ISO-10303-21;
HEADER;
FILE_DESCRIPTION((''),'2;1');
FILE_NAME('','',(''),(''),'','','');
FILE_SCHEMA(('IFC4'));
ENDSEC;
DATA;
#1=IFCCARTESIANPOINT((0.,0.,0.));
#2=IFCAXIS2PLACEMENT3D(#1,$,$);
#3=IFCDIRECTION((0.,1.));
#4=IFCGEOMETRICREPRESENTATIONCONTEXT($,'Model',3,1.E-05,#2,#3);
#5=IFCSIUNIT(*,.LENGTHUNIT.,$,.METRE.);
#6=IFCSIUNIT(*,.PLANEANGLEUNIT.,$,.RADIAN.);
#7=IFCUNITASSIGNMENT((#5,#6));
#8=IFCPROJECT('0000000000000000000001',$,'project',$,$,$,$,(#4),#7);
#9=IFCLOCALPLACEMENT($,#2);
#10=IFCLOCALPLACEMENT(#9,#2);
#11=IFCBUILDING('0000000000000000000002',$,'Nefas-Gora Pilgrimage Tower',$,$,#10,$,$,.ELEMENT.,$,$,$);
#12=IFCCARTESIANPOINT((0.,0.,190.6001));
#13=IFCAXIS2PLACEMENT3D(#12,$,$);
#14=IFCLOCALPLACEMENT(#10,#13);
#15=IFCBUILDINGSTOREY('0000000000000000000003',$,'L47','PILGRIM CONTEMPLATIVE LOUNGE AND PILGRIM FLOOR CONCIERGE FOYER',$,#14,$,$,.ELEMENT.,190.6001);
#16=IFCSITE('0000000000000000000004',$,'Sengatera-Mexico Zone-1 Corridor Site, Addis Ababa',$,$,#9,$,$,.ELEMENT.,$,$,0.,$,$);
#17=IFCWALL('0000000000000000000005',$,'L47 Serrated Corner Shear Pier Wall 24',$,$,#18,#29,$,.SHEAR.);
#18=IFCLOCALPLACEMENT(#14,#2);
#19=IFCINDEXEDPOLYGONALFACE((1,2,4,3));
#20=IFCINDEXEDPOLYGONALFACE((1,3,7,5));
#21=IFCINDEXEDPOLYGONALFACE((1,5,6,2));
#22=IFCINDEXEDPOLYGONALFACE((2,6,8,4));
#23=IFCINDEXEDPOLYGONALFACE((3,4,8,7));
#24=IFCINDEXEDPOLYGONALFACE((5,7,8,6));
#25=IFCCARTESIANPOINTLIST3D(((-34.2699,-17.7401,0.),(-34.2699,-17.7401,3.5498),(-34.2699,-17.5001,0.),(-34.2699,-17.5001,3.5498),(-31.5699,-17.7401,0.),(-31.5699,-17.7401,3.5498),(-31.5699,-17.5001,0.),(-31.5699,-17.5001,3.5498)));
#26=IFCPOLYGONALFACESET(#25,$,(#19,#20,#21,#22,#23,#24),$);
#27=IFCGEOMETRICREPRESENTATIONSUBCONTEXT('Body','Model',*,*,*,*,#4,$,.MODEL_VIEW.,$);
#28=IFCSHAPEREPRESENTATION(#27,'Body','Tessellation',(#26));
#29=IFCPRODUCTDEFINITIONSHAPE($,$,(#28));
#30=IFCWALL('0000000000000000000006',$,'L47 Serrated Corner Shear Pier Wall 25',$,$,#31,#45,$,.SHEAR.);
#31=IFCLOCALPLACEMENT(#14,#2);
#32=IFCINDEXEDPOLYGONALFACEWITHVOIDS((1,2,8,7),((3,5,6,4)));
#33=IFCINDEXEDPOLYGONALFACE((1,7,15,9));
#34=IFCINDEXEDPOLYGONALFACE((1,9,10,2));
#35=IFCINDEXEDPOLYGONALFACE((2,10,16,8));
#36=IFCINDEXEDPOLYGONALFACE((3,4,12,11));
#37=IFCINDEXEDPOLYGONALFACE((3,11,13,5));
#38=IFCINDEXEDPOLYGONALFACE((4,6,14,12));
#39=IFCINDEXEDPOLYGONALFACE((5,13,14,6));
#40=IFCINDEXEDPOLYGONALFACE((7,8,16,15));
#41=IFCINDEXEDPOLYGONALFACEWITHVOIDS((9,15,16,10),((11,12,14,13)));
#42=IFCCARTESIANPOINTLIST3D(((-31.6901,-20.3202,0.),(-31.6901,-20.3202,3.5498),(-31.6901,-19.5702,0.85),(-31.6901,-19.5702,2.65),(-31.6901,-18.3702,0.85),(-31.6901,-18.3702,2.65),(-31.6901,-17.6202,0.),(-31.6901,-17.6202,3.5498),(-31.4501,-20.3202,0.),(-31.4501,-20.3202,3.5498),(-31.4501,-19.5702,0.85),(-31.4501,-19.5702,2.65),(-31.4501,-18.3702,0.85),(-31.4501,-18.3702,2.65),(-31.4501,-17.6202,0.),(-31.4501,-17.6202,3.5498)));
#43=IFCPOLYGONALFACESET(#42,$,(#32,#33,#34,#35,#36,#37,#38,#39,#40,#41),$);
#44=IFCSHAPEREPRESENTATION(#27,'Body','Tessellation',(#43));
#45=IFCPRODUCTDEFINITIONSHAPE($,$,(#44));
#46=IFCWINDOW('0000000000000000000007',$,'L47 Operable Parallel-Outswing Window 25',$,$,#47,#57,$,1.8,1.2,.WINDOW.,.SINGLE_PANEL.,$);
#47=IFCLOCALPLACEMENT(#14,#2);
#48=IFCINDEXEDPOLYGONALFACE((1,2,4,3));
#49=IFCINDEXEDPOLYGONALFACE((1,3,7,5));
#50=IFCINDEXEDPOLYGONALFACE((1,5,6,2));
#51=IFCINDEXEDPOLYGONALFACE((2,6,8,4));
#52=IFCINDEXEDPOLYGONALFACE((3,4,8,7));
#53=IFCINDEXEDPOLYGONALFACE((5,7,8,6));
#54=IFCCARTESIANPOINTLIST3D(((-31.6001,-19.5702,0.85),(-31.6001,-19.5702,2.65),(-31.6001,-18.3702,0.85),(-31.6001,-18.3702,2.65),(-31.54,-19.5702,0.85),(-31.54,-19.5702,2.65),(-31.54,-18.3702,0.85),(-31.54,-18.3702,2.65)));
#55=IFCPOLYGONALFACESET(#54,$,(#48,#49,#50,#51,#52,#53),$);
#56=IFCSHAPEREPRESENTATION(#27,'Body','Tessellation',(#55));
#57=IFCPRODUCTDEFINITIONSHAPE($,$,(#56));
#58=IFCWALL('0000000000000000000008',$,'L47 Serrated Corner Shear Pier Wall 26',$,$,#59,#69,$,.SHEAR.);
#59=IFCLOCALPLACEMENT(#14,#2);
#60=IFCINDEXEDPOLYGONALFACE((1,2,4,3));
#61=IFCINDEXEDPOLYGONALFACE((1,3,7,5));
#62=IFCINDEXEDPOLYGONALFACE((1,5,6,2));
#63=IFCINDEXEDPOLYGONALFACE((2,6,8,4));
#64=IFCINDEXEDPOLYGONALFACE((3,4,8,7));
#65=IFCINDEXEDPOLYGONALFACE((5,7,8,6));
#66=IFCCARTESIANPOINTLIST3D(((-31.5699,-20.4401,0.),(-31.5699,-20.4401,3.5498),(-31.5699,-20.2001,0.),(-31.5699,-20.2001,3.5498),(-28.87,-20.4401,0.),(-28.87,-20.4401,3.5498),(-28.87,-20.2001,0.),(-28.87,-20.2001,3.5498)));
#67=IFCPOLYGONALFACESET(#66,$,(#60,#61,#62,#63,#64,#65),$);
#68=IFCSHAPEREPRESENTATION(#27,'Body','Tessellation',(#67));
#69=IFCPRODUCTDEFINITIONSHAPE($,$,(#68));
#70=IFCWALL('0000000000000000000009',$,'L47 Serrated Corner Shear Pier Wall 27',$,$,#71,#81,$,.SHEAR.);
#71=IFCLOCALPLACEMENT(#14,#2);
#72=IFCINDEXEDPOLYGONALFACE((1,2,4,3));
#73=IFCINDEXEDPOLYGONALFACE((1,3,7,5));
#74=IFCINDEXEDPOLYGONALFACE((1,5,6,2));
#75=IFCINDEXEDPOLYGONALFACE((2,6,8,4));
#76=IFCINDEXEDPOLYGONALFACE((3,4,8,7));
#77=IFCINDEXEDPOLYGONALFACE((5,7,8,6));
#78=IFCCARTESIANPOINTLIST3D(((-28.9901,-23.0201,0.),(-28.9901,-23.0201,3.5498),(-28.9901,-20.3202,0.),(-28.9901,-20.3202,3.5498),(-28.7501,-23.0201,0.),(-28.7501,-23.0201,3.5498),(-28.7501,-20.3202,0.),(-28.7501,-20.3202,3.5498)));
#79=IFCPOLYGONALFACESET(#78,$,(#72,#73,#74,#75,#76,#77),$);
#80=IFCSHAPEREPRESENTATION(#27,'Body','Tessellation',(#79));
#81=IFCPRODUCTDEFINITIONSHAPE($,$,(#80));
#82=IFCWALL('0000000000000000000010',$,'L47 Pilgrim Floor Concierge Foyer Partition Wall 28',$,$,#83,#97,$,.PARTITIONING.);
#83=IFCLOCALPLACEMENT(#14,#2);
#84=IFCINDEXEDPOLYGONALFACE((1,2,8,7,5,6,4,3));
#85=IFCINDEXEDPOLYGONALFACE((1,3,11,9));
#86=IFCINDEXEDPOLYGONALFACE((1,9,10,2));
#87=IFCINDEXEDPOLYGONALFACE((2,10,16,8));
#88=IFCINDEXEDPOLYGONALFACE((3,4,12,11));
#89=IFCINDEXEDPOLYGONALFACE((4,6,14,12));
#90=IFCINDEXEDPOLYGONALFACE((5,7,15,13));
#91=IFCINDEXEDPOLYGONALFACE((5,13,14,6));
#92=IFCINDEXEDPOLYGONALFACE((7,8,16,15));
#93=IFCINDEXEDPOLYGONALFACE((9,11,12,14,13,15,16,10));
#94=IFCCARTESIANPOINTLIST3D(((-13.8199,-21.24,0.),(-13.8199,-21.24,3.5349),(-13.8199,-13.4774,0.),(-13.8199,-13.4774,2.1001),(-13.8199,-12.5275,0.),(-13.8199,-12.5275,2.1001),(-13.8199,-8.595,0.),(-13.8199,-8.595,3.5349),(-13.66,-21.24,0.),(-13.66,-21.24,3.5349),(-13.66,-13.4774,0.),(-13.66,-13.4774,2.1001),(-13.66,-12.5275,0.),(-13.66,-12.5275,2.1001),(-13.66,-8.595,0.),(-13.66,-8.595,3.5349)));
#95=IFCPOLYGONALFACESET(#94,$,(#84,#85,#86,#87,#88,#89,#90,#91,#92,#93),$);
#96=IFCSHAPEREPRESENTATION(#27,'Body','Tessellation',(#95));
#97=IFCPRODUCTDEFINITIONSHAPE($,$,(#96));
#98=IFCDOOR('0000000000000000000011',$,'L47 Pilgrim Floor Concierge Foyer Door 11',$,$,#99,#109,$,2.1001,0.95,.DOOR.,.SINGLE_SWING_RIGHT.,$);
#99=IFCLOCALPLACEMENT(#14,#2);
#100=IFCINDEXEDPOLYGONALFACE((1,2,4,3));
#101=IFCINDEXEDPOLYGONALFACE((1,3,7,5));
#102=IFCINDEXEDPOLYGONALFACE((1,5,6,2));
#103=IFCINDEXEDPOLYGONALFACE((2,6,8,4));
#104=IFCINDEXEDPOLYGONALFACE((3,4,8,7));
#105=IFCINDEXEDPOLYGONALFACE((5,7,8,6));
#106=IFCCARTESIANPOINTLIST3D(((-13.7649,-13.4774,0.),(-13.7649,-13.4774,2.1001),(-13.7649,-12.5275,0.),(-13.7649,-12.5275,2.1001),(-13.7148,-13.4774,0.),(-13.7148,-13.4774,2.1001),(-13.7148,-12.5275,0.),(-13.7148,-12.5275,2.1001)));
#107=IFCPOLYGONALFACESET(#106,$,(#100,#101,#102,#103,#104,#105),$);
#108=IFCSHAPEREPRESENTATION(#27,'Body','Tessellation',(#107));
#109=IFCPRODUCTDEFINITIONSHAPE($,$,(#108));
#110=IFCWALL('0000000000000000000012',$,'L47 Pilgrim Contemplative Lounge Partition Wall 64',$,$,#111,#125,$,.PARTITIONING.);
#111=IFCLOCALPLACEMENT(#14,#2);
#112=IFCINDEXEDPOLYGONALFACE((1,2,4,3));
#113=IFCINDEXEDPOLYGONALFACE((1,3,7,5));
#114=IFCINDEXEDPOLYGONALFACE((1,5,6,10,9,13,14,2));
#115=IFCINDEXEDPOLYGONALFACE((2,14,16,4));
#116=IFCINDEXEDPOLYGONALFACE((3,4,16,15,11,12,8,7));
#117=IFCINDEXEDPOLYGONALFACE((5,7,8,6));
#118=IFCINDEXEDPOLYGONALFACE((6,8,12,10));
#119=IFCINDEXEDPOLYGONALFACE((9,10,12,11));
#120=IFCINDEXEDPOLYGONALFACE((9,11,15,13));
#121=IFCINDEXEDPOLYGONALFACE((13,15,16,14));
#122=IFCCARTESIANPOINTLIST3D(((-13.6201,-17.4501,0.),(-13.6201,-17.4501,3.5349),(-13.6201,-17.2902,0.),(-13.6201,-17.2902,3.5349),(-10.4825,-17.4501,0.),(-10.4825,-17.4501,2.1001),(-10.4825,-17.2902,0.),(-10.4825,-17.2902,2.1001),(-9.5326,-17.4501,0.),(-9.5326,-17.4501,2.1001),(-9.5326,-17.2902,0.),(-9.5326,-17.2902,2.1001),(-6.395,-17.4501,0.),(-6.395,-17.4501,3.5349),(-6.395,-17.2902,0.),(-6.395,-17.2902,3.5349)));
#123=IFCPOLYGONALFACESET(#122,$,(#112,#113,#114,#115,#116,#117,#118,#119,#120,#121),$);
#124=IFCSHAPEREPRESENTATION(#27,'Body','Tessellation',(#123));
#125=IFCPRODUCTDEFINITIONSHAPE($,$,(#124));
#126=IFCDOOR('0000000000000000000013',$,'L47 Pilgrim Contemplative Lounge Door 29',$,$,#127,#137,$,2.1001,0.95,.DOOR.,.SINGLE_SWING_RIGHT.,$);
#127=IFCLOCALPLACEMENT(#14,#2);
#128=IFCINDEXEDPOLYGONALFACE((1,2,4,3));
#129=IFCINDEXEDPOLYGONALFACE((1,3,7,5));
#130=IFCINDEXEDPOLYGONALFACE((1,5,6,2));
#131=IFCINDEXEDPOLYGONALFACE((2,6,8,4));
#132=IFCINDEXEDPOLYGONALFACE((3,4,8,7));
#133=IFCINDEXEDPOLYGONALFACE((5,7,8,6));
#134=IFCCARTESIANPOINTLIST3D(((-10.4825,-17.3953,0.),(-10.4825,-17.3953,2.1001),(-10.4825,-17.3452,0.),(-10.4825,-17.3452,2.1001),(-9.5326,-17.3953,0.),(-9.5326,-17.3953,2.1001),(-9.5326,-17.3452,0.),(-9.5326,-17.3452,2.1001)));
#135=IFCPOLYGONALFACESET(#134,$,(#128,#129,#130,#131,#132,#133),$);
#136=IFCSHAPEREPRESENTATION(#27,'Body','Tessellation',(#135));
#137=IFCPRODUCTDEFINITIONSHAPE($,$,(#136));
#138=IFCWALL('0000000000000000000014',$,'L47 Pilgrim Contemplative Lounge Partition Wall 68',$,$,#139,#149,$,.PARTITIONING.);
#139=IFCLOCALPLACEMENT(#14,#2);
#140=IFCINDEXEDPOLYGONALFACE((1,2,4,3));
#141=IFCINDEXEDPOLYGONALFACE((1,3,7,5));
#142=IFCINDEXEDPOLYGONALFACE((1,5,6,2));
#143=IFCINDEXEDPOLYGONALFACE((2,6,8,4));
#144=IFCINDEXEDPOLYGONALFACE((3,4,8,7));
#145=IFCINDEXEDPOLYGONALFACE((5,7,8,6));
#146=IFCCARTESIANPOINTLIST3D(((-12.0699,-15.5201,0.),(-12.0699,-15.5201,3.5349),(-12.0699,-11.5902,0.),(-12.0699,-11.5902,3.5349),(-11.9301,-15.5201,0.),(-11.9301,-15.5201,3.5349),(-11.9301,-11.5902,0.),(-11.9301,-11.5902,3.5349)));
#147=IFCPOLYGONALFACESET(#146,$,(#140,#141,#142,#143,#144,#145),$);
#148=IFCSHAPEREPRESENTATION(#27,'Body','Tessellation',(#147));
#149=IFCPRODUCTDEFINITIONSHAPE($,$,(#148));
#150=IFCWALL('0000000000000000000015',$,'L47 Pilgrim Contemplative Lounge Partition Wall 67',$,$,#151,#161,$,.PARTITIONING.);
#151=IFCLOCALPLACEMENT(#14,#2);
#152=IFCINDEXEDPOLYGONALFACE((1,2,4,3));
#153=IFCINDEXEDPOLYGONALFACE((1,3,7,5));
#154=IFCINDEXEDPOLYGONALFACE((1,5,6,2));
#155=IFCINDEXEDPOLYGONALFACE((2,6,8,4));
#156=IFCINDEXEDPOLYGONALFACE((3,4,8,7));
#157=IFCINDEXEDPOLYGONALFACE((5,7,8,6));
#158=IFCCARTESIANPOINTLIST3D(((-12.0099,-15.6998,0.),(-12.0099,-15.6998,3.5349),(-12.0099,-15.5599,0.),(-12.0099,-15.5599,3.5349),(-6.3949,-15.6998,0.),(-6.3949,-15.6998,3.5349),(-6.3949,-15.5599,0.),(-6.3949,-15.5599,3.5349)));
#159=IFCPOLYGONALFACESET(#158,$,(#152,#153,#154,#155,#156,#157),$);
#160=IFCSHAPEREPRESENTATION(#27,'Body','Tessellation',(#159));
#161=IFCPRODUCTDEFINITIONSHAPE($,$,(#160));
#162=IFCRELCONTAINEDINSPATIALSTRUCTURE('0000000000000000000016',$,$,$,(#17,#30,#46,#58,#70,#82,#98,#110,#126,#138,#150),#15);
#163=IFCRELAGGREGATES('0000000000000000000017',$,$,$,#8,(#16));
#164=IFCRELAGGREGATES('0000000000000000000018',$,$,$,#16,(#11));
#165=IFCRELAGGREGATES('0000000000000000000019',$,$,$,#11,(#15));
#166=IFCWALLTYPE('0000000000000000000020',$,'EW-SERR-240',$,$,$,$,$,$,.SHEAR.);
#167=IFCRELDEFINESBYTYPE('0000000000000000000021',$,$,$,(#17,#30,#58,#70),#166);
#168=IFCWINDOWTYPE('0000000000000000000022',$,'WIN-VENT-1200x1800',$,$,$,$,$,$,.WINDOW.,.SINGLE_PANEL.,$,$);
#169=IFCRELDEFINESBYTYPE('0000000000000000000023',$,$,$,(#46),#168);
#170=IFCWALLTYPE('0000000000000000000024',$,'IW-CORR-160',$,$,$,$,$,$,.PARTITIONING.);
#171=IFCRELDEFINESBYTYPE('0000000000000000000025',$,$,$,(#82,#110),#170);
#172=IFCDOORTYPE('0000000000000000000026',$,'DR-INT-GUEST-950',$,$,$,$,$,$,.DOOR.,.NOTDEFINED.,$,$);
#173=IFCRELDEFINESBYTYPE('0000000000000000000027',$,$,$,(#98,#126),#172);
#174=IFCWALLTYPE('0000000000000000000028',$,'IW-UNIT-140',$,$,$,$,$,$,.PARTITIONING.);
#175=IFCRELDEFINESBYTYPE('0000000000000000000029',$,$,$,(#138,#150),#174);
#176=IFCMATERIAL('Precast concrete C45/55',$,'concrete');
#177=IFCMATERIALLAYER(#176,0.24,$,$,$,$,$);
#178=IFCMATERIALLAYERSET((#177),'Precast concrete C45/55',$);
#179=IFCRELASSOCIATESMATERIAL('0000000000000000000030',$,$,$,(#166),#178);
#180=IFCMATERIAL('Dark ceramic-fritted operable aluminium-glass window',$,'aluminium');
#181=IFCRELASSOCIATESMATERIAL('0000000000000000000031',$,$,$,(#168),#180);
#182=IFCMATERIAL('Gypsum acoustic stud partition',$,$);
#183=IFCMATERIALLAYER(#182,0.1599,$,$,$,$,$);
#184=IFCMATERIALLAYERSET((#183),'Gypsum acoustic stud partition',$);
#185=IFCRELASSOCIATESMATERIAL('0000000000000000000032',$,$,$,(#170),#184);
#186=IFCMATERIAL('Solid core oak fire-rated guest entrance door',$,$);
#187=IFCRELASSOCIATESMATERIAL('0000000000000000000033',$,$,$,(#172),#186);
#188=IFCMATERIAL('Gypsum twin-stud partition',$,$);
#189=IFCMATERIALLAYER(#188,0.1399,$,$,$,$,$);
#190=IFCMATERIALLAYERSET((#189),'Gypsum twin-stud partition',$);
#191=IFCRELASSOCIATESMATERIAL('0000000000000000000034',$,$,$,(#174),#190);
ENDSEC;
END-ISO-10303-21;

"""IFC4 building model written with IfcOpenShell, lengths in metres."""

from ifc_helpers import new_model, si_unit, direction, frame, frame_2d, origin, place, context, subcontext, project, spatial, rectangle, extrude, source, transform, mapped, material, layer, layer_set, type_object, element, fill, save


model = new_model("IFC4")

# Units and contexts
model_context = context("Model", 3, precision=1e-05, world=origin(), true_north=direction((0.0, 1.0)))
body_context = subcontext(model_context, "Body", "Model", "MODEL_VIEW")
ifc_project = project(units=[si_unit("LENGTHUNIT", "METRE"), si_unit("PLANEANGLEUNIT", "RADIAN")], contexts=[model_context])

# Site, building, storey
site_placement = place(None, origin())
site = spatial("IfcSite", under=ifc_project, at=site_placement, Name="Sengatera-Mexico Zone-1 Corridor Site, Addis Ababa", CompositionType="ELEMENT", RefElevation=0.0)
building_placement = place(site_placement, origin())
building = spatial("IfcBuilding", under=site, at=building_placement, Name="Nefas-Gora Pilgrimage Tower", CompositionType="ELEMENT")
storey_placement = place(building_placement, frame((0.0, 0.0, 190.6001)))
storey = spatial("IfcBuildingStorey", under=building, at=storey_placement, Name="L47", Description="PILGRIM CONTEMPLATIVE LOUNGE AND PILGRIM FLOOR CONCIERGE FOYER", CompositionType="ELEMENT", Elevation=190.6001)

# Wall
ifc_material_1 = material(Name="Precast concrete C45/55", Category="concrete")
ifc_layer_1 = layer(ifc_material_1, 0.24)
ifc_layer_set_1 = layer_set([ifc_layer_1], Name="Precast concrete C45/55")
wall_type_1 = type_object("IfcWallType", Name="EW-SERR-240", PredefinedType="SHEAR", material=ifc_layer_set_1)
shared_shape_1 = source(origin(), body_context, "Body", "SweptSolid", [
    extrude(rectangle(XDim=2.7, YDim=0.24, at=frame_2d((1.3501, 0.0))), origin(), (0.0, 0.0, 1.0), 3.5498),
])
wall_1_placement = place(storey_placement, frame((-34.27, -17.6201, 0.0), z_axis=(0.0, 0.0, 1.0), x_axis=(1.0, 0.0, 0.0)))
element("IfcWall", 1, at=wall_1_placement, inside=storey, type_object=wall_type_1, Name="L47 Serrated Corner Shear Pier Wall 24", PredefinedType="SHEAR", context=body_context, shape_type="MappedRepresentation", body=[
    mapped(shared_shape_1, transform((0.0, 0.0, 0.0), x_axis=(1.0, 0.0, 0.0), y_axis=(0.0, 1.0, 0.0), z_axis=(0.0, 0.0, 1.0), scale=1.0)),
])

# Wall, opening, window
wall_2_placement = place(storey_placement, frame((-31.5701, -17.6201, 0.0), z_axis=(0.0, 0.0, 1.0), x_axis=(0.0, -1.0, 0.0)))
wall_2 = element("IfcWall", 2, at=wall_2_placement, inside=storey, type_object=wall_type_1, Name="L47 Serrated Corner Shear Pier Wall 25", PredefinedType="SHEAR", context=body_context, shape_type="MappedRepresentation", body=[
    mapped(shared_shape_1, transform((0.0, 0.0, 0.0), x_axis=(1.0, 0.0, 0.0), y_axis=(0.0, 1.0, 0.0), z_axis=(0.0, 0.0, 1.0), scale=1.0)),
])
opening_1_placement = place(wall_2_placement, frame((0.75, 0.0, 0.8501)))
opening_1 = element("IfcOpeningElement", 3, at=opening_1_placement, cuts=wall_2, PredefinedType="OPENING", context=body_context, shape_type="SweptSolid", body=[
    extrude(rectangle(XDim=1.2, YDim=1.8, at=frame_2d((0.6001, 0.8999))), frame((0.0, 0.1299, 0.0), z_axis=(0.0, -1.0, 0.0), x_axis=(1.0, 0.0, 0.0)), (0.0, 0.0, 1.0), 0.26),
])
ifc_material_2 = material(Name="Dark ceramic-fritted operable aluminium-glass window", Category="aluminium")
window_type = type_object("IfcWindowType", Name="WIN-VENT-1200x1800", PartitioningType="SINGLE_PANEL", PredefinedType="WINDOW", material=ifc_material_2)
shared_shape_2 = source(origin(), body_context, "Body", "SweptSolid", [
    extrude(rectangle(XDim=1.2, YDim=1.8, at=frame_2d((0.6001, 0.8999))), frame((0.0, 0.03, 0.0), z_axis=(0.0, -1.0, 0.0), x_axis=(1.0, 0.0, 0.0)), (0.0, 0.0, 1.0), 0.0601),
])
window_placement = place(opening_1_placement, origin())
window = element("IfcWindow", 4, at=window_placement, inside=storey, type_object=window_type, Name="L47 Operable Parallel-Outswing Window 25", OverallHeight=1.8, OverallWidth=1.2, PartitioningType="SINGLE_PANEL", PredefinedType="WINDOW", context=body_context, shape_type="MappedRepresentation", body=[
    mapped(shared_shape_2, transform((0.0, 0.0, 0.0), x_axis=(1.0, 0.0, 0.0), y_axis=(0.0, 1.0, 0.0), z_axis=(0.0, 0.0, 1.0), scale=1.0)),
])
fill(opening_1, window)

# Walls
for number, where, z_axis, x_axis, name in (
    (5, (-31.5701, -20.3201, 0.0), (0.0, 0.0, 1.0), (1.0, 0.0, 0.0), "L47 Serrated Corner Shear Pier Wall 26"),
    (6, (-28.8701, -20.3201, 0.0), (0.0, 0.0, 1.0), (0.0, -1.0, 0.0), "L47 Serrated Corner Shear Pier Wall 27"),
):
    element("IfcWall", number, at=place(storey_placement, frame(where, z_axis=z_axis, x_axis=x_axis)), inside=storey, type_object=wall_type_1, Name=name, PredefinedType="SHEAR", context=body_context, shape_type="MappedRepresentation", body=[
        mapped(shared_shape_1, transform((0.0, 0.0, 0.0), x_axis=(1.0, 0.0, 0.0), y_axis=(0.0, 1.0, 0.0), z_axis=(0.0, 0.0, 1.0), scale=1.0)),
    ])

# Walls, openings, doors
ifc_material_3 = material(Name="Gypsum acoustic stud partition")
ifc_layer_2 = layer(ifc_material_3, 0.1599)
ifc_layer_set_2 = layer_set([ifc_layer_2], Name="Gypsum acoustic stud partition")
wall_type_2 = type_object("IfcWallType", Name="IW-CORR-160", PredefinedType="PARTITIONING", material=ifc_layer_set_2)
shared_shape_3 = source(origin(), body_context, "Body", "SweptSolid", [
    extrude(rectangle(XDim=12.645, YDim=0.1599, at=frame_2d((6.3225, 0.0))), origin(), (0.0, 0.0, 1.0), 3.5349),
])
wall_3_placement = place(storey_placement, frame((-13.74, -21.24, 0.0), z_axis=(0.0, 0.0, 1.0), x_axis=(0.0, 1.0, 0.0)))
wall_3 = element("IfcWall", 7, at=wall_3_placement, inside=storey, type_object=wall_type_2, Name="L47 Pilgrim Floor Concierge Foyer Partition Wall 28", PredefinedType="PARTITIONING", context=body_context, shape_type="MappedRepresentation", body=[
    mapped(shared_shape_3, transform((0.0, 0.0, 0.0), x_axis=(1.0, 0.0, 0.0), y_axis=(0.0, 1.0, 0.0), z_axis=(0.0, 0.0, 1.0), scale=1.0)),
])
opening_2_placement = place(wall_3_placement, frame((7.7625, 0.0, 0.0)))
opening_2 = element("IfcOpeningElement", 8, at=opening_2_placement, cuts=wall_3, PredefinedType="OPENING", context=body_context, shape_type="SweptSolid", body=[
    extrude(rectangle(XDim=0.95, YDim=2.1001, at=frame_2d((0.4751, 1.05))), frame((0.0, 0.0898, 0.0), z_axis=(0.0, -1.0, 0.0), x_axis=(1.0, 0.0, 0.0)), (0.0, 0.0, 1.0), 0.1799),
])
ifc_material_4 = material(Name="Solid core oak fire-rated guest entrance door")
door_type = type_object("IfcDoorType", Name="DR-INT-GUEST-950", OperationType="NOTDEFINED", PredefinedType="DOOR", material=ifc_material_4)
shared_shape_4 = source(origin(), body_context, "Body", "SweptSolid", [
    extrude(rectangle(XDim=0.95, YDim=2.1001, at=frame_2d((0.4751, 1.05))), frame((0.0, 0.0249, 0.0), z_axis=(0.0, -1.0, 0.0), x_axis=(1.0, 0.0, 0.0)), (0.0, 0.0, 1.0), 0.05),
])
door_1_placement = place(opening_2_placement, origin())
door_1 = element("IfcDoor", 9, at=door_1_placement, inside=storey, type_object=door_type, Name="L47 Pilgrim Floor Concierge Foyer Door 11", OperationType="SINGLE_SWING_RIGHT", OverallHeight=2.1001, OverallWidth=0.95, PredefinedType="DOOR", context=body_context, shape_type="MappedRepresentation", body=[
    mapped(shared_shape_4, transform((0.0, 0.0, 0.0), x_axis=(1.0, 0.0, 0.0), y_axis=(0.0, 1.0, 0.0), z_axis=(0.0, 0.0, 1.0), scale=1.0)),
])
fill(opening_2, door_1)
shared_shape_5 = source(origin(), body_context, "Body", "SweptSolid", [
    extrude(rectangle(XDim=7.2251, YDim=0.1599, at=frame_2d((3.6125, 0.0))), origin(), (0.0, 0.0, 1.0), 3.5349),
])
wall_4_placement = place(storey_placement, frame((-13.6201, -17.3701, 0.0), z_axis=(0.0, 0.0, 1.0), x_axis=(1.0, 0.0, 0.0)))
wall_4 = element("IfcWall", 10, at=wall_4_placement, inside=storey, type_object=wall_type_2, Name="L47 Pilgrim Contemplative Lounge Partition Wall 64", PredefinedType="PARTITIONING", context=body_context, shape_type="MappedRepresentation", body=[
    mapped(shared_shape_5, transform((0.0, 0.0, 0.0), x_axis=(1.0, 0.0, 0.0), y_axis=(0.0, 1.0, 0.0), z_axis=(0.0, 0.0, 1.0), scale=1.0)),
])
opening_3_placement = place(wall_4_placement, frame((3.1375, 0.0, 0.0)))
opening_3 = element("IfcOpeningElement", 11, at=opening_3_placement, cuts=wall_4, PredefinedType="OPENING", context=body_context, shape_type="SweptSolid", body=[
    extrude(rectangle(XDim=0.95, YDim=2.1001, at=frame_2d((0.4751, 1.05))), frame((0.0, 0.0898, 0.0), z_axis=(0.0, -1.0, 0.0), x_axis=(1.0, 0.0, 0.0)), (0.0, 0.0, 1.0), 0.1799),
])
door_2_placement = place(opening_3_placement, origin())
door_2 = element("IfcDoor", 12, at=door_2_placement, inside=storey, type_object=door_type, Name="L47 Pilgrim Contemplative Lounge Door 29", OperationType="SINGLE_SWING_RIGHT", OverallHeight=2.1001, OverallWidth=0.95, PredefinedType="DOOR", context=body_context, shape_type="MappedRepresentation", body=[
    mapped(shared_shape_4, transform((0.0, 0.0, 0.0), x_axis=(1.0, 0.0, 0.0), y_axis=(0.0, 1.0, 0.0), z_axis=(0.0, 0.0, 1.0), scale=1.0)),
])
fill(opening_3, door_2)

# Walls
ifc_material_5 = material(Name="Gypsum twin-stud partition")
ifc_layer_3 = layer(ifc_material_5, 0.1399)
ifc_layer_set_3 = layer_set([ifc_layer_3], Name="Gypsum twin-stud partition")
wall_type_3 = type_object("IfcWallType", Name="IW-UNIT-140", PredefinedType="PARTITIONING", material=ifc_layer_set_3)
shared_shape_6 = source(origin(), body_context, "Body", "SweptSolid", [
    extrude(rectangle(XDim=3.9299, YDim=0.1399, at=frame_2d((1.9648, 0.0))), origin(), (0.0, 0.0, 1.0), 3.5349),
])
wall_5_placement = place(storey_placement, frame((-12.0, -15.52, 0.0), z_axis=(0.0, 0.0, 1.0), x_axis=(0.0, 1.0, 0.0)))
element("IfcWall", 13, at=wall_5_placement, inside=storey, type_object=wall_type_3, Name="L47 Pilgrim Contemplative Lounge Partition Wall 68", PredefinedType="PARTITIONING", context=body_context, shape_type="MappedRepresentation", body=[
    mapped(shared_shape_6, transform((0.0, 0.0, 0.0), x_axis=(1.0, 0.0, 0.0), y_axis=(0.0, 1.0, 0.0), z_axis=(0.0, 0.0, 1.0), scale=1.0)),
])
shared_shape_7 = source(origin(), body_context, "Body", "SweptSolid", [
    extrude(rectangle(XDim=5.615, YDim=0.1399, at=frame_2d((2.8076, 0.0))), origin(), (0.0, 0.0, 1.0), 3.5349),
])
wall_6_placement = place(storey_placement, frame((-12.01, -15.6299, 0.0), z_axis=(0.0, 0.0, 1.0), x_axis=(1.0, 0.0, 0.0)))
element("IfcWall", 14, at=wall_6_placement, inside=storey, type_object=wall_type_3, Name="L47 Pilgrim Contemplative Lounge Partition Wall 67", PredefinedType="PARTITIONING", context=body_context, shape_type="MappedRepresentation", body=[
    mapped(shared_shape_7, transform((0.0, 0.0, 0.0), x_axis=(1.0, 0.0, 0.0), y_axis=(0.0, 1.0, 0.0), z_axis=(0.0, 0.0, 1.0), scale=1.0)),
])

save(model, "model.ifc")
